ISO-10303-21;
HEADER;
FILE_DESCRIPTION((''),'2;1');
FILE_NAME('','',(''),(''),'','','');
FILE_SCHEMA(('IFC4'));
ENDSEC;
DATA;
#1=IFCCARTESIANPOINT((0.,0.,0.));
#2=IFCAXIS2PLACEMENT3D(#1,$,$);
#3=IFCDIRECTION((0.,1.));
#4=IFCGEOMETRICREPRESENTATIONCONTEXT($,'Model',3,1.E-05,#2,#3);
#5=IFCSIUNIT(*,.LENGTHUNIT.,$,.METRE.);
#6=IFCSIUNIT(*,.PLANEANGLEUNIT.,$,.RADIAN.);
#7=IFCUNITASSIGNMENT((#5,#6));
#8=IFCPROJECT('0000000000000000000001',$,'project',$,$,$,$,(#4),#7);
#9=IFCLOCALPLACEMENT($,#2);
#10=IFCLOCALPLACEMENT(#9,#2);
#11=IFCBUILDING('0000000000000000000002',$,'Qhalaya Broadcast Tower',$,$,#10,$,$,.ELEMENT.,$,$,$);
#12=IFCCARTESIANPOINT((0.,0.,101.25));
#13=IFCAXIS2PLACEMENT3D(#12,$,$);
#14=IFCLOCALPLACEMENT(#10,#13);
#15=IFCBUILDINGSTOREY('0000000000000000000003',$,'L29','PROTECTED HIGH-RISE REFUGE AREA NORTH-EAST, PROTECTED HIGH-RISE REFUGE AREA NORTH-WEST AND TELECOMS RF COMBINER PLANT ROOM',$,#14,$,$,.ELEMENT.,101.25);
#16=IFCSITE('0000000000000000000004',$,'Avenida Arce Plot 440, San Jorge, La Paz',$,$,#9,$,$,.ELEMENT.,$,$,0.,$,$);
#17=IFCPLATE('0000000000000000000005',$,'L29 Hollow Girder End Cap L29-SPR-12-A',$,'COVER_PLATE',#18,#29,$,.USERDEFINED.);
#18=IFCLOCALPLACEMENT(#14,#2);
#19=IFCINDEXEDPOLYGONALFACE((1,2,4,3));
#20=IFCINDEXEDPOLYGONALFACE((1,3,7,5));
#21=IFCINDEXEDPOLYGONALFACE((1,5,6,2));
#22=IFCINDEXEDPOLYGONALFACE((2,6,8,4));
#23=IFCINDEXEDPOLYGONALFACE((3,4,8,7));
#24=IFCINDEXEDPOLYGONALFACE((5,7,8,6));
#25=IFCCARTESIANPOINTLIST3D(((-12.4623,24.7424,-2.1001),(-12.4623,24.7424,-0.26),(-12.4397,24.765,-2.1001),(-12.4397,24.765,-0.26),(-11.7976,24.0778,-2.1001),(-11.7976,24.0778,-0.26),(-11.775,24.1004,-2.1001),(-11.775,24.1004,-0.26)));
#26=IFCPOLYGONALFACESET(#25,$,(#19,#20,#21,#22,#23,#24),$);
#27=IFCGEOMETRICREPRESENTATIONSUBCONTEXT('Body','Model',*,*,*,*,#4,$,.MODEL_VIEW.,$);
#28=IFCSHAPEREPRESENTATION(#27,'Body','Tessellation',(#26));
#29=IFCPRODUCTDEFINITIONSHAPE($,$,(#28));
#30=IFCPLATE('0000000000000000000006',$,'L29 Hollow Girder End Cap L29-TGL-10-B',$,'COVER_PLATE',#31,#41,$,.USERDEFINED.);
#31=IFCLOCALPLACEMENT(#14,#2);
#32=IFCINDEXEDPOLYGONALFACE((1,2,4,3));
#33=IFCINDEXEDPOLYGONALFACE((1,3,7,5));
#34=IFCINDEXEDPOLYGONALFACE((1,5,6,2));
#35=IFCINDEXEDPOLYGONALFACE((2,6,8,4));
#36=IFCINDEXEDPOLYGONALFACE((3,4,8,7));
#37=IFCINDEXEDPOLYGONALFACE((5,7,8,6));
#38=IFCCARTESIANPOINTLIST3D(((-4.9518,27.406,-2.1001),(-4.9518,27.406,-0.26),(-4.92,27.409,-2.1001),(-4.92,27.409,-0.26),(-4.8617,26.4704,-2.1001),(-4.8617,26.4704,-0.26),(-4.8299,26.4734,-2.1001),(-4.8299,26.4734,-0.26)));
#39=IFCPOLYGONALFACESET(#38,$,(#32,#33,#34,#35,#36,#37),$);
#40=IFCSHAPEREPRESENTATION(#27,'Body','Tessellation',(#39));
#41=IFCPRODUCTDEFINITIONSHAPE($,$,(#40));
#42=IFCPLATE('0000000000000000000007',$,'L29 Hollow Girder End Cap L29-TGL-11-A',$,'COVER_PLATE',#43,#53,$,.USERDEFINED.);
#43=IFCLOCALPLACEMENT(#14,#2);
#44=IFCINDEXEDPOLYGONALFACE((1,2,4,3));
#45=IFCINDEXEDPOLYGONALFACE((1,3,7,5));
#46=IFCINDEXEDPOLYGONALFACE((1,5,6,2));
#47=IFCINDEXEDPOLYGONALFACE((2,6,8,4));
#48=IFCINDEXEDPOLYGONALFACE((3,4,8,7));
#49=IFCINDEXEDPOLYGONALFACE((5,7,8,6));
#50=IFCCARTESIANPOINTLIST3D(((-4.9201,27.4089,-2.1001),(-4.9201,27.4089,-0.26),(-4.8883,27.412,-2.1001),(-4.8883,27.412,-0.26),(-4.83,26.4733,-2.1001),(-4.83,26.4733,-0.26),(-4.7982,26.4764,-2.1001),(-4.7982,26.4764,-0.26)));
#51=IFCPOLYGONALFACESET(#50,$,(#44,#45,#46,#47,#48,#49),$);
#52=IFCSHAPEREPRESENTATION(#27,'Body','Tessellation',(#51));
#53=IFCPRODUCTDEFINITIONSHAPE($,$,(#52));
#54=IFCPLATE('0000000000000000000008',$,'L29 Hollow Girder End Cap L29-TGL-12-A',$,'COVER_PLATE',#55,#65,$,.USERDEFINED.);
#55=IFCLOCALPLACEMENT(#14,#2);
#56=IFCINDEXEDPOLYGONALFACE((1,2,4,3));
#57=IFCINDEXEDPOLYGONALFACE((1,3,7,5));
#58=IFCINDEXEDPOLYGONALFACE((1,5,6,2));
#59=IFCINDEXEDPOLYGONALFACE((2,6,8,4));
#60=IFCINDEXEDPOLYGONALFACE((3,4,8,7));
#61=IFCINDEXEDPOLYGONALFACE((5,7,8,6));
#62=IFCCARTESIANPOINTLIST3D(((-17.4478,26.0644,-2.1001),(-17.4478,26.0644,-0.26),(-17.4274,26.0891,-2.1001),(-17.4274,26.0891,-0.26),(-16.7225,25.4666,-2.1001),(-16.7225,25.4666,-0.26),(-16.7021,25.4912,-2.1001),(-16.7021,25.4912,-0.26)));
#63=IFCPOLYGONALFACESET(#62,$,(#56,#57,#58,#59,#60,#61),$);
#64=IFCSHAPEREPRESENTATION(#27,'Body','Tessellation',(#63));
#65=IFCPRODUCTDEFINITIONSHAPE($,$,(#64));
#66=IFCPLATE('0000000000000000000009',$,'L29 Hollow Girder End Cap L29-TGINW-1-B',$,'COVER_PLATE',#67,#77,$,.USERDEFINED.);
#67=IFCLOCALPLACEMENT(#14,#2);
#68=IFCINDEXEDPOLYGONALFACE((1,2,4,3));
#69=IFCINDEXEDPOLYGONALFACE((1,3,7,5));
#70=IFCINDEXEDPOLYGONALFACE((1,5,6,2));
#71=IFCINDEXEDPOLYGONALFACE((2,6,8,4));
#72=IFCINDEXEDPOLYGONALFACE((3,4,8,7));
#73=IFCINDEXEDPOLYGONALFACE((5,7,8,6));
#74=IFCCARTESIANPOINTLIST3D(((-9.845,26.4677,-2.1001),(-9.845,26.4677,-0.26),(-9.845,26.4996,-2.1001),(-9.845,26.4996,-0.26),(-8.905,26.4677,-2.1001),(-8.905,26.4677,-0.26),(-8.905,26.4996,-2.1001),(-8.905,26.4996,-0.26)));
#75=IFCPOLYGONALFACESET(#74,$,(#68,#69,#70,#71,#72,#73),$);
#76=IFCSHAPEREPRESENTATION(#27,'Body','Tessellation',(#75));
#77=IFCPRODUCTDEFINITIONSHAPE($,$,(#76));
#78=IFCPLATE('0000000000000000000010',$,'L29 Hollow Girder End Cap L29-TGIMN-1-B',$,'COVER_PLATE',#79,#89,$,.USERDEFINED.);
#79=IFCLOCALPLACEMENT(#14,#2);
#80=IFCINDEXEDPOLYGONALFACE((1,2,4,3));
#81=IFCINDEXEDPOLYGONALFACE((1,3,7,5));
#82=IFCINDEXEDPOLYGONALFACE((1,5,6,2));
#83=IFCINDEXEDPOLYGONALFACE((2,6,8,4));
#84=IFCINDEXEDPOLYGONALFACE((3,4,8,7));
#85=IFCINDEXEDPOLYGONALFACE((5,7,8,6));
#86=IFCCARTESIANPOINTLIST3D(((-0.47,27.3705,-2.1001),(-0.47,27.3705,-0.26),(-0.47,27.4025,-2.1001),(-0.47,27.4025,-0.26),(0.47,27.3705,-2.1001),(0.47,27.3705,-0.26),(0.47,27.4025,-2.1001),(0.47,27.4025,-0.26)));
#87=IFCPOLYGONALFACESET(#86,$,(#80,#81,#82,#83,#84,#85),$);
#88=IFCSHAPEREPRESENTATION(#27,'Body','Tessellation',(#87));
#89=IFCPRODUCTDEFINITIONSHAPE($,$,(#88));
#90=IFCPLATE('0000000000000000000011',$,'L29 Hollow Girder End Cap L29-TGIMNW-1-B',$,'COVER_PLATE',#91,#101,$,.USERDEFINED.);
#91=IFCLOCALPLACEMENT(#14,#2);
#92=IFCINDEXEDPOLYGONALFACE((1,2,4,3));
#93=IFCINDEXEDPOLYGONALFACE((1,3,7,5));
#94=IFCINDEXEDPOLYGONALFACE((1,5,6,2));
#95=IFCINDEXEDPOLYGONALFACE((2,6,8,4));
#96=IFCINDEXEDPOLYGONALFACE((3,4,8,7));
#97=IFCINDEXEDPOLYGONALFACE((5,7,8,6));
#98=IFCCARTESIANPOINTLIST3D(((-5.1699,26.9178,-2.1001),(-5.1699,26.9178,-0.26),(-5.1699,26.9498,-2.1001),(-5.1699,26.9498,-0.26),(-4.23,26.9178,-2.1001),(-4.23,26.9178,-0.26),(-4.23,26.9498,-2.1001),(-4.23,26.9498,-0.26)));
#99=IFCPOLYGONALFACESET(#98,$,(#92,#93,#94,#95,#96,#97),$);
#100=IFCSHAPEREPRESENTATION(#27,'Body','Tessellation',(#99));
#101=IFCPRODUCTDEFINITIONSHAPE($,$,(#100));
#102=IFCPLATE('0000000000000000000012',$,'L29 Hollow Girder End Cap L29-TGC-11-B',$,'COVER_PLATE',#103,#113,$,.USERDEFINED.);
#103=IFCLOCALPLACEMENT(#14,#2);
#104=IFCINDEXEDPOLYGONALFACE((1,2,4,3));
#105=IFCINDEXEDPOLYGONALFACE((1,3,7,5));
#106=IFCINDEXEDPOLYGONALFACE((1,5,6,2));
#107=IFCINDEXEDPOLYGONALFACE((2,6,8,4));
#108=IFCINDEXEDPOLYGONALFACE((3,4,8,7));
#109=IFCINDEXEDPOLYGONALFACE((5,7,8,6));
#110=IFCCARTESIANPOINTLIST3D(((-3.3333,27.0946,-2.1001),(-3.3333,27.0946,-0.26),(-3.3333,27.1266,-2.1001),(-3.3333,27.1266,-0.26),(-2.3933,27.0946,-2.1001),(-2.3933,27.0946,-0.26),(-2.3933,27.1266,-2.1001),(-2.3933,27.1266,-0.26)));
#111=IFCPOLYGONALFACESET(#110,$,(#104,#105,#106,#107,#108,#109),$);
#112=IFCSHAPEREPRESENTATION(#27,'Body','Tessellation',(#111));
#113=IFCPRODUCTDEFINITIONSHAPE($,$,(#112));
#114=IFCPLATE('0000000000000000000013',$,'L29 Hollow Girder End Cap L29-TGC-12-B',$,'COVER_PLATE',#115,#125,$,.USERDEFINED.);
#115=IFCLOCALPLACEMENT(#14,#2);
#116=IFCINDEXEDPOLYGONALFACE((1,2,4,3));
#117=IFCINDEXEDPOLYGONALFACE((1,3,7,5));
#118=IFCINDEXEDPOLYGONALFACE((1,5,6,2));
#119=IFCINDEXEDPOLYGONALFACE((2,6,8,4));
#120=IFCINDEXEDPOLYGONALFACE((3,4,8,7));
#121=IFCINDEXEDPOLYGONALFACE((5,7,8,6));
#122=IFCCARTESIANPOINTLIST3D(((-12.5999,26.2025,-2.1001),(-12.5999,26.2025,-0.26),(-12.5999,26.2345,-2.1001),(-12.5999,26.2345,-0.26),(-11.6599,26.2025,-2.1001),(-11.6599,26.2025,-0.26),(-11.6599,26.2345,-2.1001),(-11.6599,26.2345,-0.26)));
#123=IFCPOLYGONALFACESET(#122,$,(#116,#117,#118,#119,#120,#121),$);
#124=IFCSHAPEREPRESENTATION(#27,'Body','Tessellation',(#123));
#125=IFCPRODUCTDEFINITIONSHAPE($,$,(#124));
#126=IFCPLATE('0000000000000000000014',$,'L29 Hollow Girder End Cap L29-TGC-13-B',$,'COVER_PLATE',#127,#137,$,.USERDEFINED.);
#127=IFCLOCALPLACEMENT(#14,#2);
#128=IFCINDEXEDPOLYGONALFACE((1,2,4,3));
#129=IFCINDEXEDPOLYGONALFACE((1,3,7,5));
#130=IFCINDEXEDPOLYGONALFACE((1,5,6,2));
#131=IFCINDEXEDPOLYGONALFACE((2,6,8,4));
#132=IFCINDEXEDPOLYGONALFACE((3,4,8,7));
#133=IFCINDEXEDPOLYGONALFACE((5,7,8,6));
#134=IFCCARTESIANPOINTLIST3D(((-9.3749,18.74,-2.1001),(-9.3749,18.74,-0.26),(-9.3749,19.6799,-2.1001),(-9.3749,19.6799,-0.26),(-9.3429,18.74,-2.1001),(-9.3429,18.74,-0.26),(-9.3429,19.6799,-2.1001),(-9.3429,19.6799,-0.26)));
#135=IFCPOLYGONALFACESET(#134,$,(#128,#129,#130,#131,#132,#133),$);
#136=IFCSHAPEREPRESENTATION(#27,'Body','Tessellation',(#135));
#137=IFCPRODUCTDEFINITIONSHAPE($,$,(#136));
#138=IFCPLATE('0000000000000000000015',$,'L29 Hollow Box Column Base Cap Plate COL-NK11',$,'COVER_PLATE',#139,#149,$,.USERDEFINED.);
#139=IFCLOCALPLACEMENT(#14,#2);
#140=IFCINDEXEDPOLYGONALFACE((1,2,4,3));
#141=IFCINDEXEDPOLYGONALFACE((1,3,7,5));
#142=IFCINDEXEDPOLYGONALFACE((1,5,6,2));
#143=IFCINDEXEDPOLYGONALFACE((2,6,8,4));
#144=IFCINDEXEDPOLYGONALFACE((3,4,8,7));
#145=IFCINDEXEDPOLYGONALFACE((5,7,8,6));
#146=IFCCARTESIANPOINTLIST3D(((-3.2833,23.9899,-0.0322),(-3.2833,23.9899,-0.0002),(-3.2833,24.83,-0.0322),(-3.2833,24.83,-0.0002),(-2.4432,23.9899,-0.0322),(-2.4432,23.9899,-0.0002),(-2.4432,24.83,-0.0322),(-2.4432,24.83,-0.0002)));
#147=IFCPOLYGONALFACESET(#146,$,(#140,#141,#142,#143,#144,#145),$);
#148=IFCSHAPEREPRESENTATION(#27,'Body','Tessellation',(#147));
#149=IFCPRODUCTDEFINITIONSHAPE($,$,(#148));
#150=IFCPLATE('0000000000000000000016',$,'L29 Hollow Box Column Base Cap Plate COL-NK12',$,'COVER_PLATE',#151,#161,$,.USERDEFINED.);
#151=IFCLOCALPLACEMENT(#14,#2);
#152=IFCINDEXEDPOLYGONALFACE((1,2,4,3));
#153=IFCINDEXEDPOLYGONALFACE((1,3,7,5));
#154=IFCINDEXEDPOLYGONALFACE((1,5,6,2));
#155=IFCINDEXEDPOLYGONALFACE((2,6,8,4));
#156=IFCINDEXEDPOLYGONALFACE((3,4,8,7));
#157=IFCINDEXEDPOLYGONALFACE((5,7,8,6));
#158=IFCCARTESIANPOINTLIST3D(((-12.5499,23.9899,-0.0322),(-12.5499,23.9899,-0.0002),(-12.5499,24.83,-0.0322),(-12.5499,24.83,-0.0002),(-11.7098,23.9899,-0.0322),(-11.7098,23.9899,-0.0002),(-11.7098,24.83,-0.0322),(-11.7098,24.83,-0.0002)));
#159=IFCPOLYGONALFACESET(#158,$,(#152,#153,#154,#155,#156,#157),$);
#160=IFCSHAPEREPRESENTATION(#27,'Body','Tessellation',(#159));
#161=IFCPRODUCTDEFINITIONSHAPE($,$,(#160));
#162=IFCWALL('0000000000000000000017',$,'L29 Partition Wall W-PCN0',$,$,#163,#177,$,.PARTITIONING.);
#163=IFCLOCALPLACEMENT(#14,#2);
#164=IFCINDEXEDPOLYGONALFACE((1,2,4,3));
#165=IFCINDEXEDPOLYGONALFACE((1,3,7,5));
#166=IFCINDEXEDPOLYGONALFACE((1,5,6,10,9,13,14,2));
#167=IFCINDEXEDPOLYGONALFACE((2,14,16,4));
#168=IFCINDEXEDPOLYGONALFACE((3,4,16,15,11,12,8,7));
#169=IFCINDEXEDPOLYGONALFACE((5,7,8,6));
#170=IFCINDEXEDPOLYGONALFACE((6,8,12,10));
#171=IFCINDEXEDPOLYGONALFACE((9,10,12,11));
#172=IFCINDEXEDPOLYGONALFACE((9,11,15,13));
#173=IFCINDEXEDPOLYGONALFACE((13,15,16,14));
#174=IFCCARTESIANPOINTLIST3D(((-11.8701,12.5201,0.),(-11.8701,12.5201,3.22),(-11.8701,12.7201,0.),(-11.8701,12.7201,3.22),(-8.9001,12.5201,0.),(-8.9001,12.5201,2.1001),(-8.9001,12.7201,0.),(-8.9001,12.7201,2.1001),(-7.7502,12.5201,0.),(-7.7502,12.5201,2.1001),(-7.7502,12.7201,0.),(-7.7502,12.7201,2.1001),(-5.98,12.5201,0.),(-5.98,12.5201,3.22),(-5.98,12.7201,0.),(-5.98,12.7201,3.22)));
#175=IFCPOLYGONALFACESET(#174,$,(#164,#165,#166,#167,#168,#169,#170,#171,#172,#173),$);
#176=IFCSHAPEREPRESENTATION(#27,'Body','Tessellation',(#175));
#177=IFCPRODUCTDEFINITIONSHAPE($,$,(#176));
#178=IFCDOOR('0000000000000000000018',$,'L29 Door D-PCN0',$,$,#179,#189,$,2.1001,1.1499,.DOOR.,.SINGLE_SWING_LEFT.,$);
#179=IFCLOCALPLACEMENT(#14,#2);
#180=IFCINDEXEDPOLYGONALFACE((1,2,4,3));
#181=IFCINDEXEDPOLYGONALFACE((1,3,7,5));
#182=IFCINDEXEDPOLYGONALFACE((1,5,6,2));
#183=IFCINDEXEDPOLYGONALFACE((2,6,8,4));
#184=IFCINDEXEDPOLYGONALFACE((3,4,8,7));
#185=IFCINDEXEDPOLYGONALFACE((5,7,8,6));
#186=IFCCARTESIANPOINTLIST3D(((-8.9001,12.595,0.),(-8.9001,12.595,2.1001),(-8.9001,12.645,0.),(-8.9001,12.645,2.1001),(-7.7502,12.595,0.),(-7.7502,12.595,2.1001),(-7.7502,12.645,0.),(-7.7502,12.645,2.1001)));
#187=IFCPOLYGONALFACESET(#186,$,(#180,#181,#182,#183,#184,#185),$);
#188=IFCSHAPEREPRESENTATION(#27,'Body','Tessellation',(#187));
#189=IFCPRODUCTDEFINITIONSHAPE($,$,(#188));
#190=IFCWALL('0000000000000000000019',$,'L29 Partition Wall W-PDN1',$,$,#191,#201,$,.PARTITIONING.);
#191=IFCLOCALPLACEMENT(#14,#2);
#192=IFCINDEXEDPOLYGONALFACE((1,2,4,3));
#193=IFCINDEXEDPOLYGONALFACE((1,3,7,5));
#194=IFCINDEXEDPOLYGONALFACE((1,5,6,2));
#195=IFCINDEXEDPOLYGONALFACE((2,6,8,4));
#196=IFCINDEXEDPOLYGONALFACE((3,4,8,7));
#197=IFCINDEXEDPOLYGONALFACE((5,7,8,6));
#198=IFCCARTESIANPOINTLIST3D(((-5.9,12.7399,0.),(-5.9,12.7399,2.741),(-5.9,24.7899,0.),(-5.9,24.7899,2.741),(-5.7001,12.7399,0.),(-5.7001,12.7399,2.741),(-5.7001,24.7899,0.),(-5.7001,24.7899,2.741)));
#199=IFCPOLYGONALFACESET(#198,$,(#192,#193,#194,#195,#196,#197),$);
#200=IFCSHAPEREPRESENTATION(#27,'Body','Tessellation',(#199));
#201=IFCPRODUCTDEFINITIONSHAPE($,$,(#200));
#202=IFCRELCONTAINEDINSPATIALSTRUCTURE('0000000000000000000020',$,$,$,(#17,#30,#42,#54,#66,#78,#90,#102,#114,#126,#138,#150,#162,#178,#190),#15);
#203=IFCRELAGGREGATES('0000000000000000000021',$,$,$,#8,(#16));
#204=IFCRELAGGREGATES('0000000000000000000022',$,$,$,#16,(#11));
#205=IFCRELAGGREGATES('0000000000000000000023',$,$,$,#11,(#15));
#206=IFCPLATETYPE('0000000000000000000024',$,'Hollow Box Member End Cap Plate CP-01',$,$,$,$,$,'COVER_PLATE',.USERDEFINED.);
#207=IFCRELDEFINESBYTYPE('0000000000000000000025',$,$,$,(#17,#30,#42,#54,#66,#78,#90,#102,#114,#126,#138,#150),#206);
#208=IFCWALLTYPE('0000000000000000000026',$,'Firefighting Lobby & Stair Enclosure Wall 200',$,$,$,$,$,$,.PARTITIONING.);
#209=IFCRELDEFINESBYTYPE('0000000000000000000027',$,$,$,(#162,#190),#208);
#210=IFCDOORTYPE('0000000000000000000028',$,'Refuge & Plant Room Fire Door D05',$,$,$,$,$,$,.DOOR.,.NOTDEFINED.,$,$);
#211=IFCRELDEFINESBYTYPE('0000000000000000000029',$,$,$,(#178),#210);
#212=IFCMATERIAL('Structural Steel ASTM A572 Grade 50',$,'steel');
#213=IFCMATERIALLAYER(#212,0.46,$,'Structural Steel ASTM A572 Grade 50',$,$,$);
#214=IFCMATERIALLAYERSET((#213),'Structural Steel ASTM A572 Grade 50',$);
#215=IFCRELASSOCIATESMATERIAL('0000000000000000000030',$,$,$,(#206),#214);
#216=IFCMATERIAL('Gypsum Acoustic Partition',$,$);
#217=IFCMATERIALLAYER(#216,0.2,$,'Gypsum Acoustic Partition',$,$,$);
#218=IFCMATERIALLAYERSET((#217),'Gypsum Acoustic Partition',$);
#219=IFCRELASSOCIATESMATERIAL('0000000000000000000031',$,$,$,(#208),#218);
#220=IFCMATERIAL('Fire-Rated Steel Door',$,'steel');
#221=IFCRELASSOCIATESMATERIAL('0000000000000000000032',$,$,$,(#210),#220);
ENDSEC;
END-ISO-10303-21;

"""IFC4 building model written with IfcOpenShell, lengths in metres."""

from ifc_helpers import new_model, si_unit, direction, frame, frame_2d, origin, origin_2d, place, context, subcontext, project, spatial, rectangle, extrude, material, layer, layer_set, type_object, element, fill, save


model = new_model("IFC4")

# Units and contexts
model_context = context("Model", 3, precision=1e-05, world=origin(), true_north=direction((0.0, 1.0)))
body_context = subcontext(model_context, "Body", "Model", "MODEL_VIEW")
ifc_project = project(units=[si_unit("LENGTHUNIT", "METRE"), si_unit("PLANEANGLEUNIT", "RADIAN")], contexts=[model_context])

# Site, building, storey
site_placement = place(None, origin())
site = spatial("IfcSite", under=ifc_project, at=site_placement, Name="Avenida Arce Plot 440, San Jorge, La Paz", CompositionType="ELEMENT", RefElevation=0.0)
building_placement = place(site_placement, origin())
building = spatial("IfcBuilding", under=site, at=building_placement, Name="Qhalaya Broadcast Tower", CompositionType="ELEMENT")
storey_placement = place(building_placement, frame((0.0, 0.0, 101.25)))
storey = spatial("IfcBuildingStorey", under=building, at=storey_placement, Name="L29", Description="PROTECTED HIGH-RISE REFUGE AREA NORTH-EAST, PROTECTED HIGH-RISE REFUGE AREA NORTH-WEST AND TELECOMS RF COMBINER PLANT ROOM", CompositionType="ELEMENT", Elevation=101.25)

# Shared definitions
ifc_material_1 = material(Name="Structural Steel ASTM A572 Grade 50", Category="steel")

# Plates
ifc_layer_1 = layer(ifc_material_1, 0.46, Name="Structural Steel ASTM A572 Grade 50")
ifc_layer_set_1 = layer_set([ifc_layer_1], Name="Structural Steel ASTM A572 Grade 50")
plate_type = type_object("IfcPlateType", Name="Hollow Box Member End Cap Plate CP-01", ElementType="COVER_PLATE", PredefinedType="USERDEFINED", material=ifc_layer_set_1)
for number, where, z_axis, x_axis, name in (
    (1, (-12.1187, 24.4214, -2.1001), (0.0, 0.0, 1.0), (0.707107, -0.707107, 0.0), "L29 Hollow Girder End Cap L29-SPR-12-A"),
    (2, (-4.8909, 26.9397, -2.1001), (0.0, 0.0, 1.0), (0.095846, -0.995396, 0.0), "L29 Hollow Girder End Cap L29-TGL-10-B"),
    (3, (-4.8591, 26.9426, -2.1001), (0.0, 0.0, 1.0), (0.095846, -0.995396, 0.0), "L29 Hollow Girder End Cap L29-TGL-11-A"),
    (4, (-17.075, 25.7778, -2.1001), (0.0, 0.0, 1.0), (0.771625, -0.636078, 0.0), "L29 Hollow Girder End Cap L29-TGL-12-A"),
    (5, (-9.375, 26.4836, -2.1001), (0.0, 0.0, 1.0), (-1.0, 0.0, 0.0), "L29 Hollow Girder End Cap L29-TGINW-1-B"),
    (6, (0.0, 27.3865, -2.1001), (0.0, 0.0, 1.0), (-1.0, 0.0, 0.0), "L29 Hollow Girder End Cap L29-TGIMN-1-B"),
    (7, (-4.7, 26.9338, -2.1001), (0.0, 0.0, 1.0), (-1.0, 0.0, 0.0), "L29 Hollow Girder End Cap L29-TGIMNW-1-B"),
    (8, (-2.8633, 27.1106, -2.1001), (0.0, 0.0, 1.0), (-1.0, 0.0, 0.0), "L29 Hollow Girder End Cap L29-TGC-11-B"),
    (9, (-12.1299, 26.2185, -2.1001), (0.0, 0.0, 1.0), (-1.0, 0.0, 0.0), "L29 Hollow Girder End Cap L29-TGC-12-B"),
    (10, (-9.3589, 19.21, -2.1001), (0.0, 0.0, 1.0), (0.0, 1.0, 0.0), "L29 Hollow Girder End Cap L29-TGC-13-B"),
):
    element("IfcPlate", number, at=place(storey_placement, frame(where, z_axis=z_axis, x_axis=x_axis)), inside=storey, type_object=plate_type, Name=name, ObjectType="COVER_PLATE", PredefinedType="USERDEFINED", context=body_context, shape_type="SweptSolid", body=[
        extrude(rectangle(XDim=0.9399, YDim=0.032, at=origin_2d()), origin(), (0.0, 0.0, 1.0), 1.8401),
    ])
for number, where, z_axis, x_axis, name in (
    (11, (-2.8633, 24.4099, -0.0322), (0.0, 0.0, 1.0), (1.0, 0.0, 0.0), "L29 Hollow Box Column Base Cap Plate COL-NK11"),
    (12, (-12.1299, 24.4099, -0.0322), (0.0, 0.0, 1.0), (1.0, 0.0, 0.0), "L29 Hollow Box Column Base Cap Plate COL-NK12"),
):
    element("IfcPlate", number, at=place(storey_placement, frame(where, z_axis=z_axis, x_axis=x_axis)), inside=storey, type_object=plate_type, Name=name, ObjectType="COVER_PLATE", PredefinedType="USERDEFINED", context=body_context, shape_type="SweptSolid", body=[
        extrude(rectangle(XDim=0.8401, YDim=0.8401, at=origin_2d()), origin(), (0.0, 0.0, 1.0), 0.032),
    ])

# Wall, opening, door
ifc_material_2 = material(Name="Gypsum Acoustic Partition")
ifc_layer_2 = layer(ifc_material_2, 0.2, Name="Gypsum Acoustic Partition")
ifc_layer_set_2 = layer_set([ifc_layer_2], Name="Gypsum Acoustic Partition")
wall_type_1 = type_object("IfcWallType", Name="Firefighting Lobby & Stair Enclosure Wall 200", PredefinedType="PARTITIONING", material=ifc_layer_set_2)
wall_1_placement = place(storey_placement, frame((-11.8701, 12.6201, 0.0), z_axis=(0.0, 0.0, 1.0), x_axis=(1.0, 0.0, 0.0)))
wall_1 = element("IfcWall", 13, at=wall_1_placement, inside=storey, type_object=wall_type_1, Name="L29 Partition Wall W-PCN0", PredefinedType="PARTITIONING", context=body_context, shape_type="SweptSolid", body=[
    extrude(rectangle(XDim=5.8901, YDim=0.2, at=frame_2d((2.9451, 0.0))), origin(), (0.0, 0.0, 1.0), 3.22),
])
opening_1_placement = place(wall_1_placement, frame((2.97, 0.0, 0.0)))
opening_1 = element("IfcOpeningElement", 14, at=opening_1_placement, cuts=wall_1, PredefinedType="OPENING", context=body_context, shape_type="SweptSolid", body=[
    extrude(rectangle(XDim=1.1499, YDim=2.1001, at=frame_2d((0.575, 1.05))), frame((0.0, 0.1121, 0.0), z_axis=(0.0, -1.0, 0.0), x_axis=(1.0, 0.0, 0.0)), (0.0, 0.0, 1.0), 0.2239),
])
ifc_material_3 = material(Name="Fire-Rated Steel Door", Category="steel")
door_type = type_object("IfcDoorType", Name="Refuge & Plant Room Fire Door D05", OperationType="NOTDEFINED", PredefinedType="DOOR", material=ifc_material_3)
door_1_placement = place(opening_1_placement, origin())
door_1 = element("IfcDoor", 15, at=door_1_placement, inside=storey, type_object=door_type, Name="L29 Door D-PCN0", OperationType="SINGLE_SWING_LEFT", OverallHeight=2.1001, OverallWidth=1.1499, PredefinedType="DOOR", context=body_context, shape_type="SweptSolid", body=[
    extrude(rectangle(XDim=1.1499, YDim=2.1001, at=frame_2d((0.575, 1.05))), frame((0.0, 0.0249, 0.0), z_axis=(0.0, -1.0, 0.0), x_axis=(1.0, 0.0, 0.0)), (0.0, 0.0, 1.0), 0.05),
])
fill(opening_1, door_1)

# Wall
wall_2_placement = place(storey_placement, frame((-5.8, 12.74, 0.0), z_axis=(0.0, 0.0, 1.0), x_axis=(0.0, 1.0, 0.0)))
element("IfcWall", 16, at=wall_2_placement, inside=storey, type_object=wall_type_1, Name="L29 Partition Wall W-PDN1", PredefinedType="PARTITIONING", context=body_context, shape_type="SweptSolid", body=[
    extrude(rectangle(XDim=12.05, YDim=0.2, at=frame_2d((6.0249, 0.0))), origin(), (0.0, 0.0, 1.0), 2.741),
])

save(model, "model.ifc")
